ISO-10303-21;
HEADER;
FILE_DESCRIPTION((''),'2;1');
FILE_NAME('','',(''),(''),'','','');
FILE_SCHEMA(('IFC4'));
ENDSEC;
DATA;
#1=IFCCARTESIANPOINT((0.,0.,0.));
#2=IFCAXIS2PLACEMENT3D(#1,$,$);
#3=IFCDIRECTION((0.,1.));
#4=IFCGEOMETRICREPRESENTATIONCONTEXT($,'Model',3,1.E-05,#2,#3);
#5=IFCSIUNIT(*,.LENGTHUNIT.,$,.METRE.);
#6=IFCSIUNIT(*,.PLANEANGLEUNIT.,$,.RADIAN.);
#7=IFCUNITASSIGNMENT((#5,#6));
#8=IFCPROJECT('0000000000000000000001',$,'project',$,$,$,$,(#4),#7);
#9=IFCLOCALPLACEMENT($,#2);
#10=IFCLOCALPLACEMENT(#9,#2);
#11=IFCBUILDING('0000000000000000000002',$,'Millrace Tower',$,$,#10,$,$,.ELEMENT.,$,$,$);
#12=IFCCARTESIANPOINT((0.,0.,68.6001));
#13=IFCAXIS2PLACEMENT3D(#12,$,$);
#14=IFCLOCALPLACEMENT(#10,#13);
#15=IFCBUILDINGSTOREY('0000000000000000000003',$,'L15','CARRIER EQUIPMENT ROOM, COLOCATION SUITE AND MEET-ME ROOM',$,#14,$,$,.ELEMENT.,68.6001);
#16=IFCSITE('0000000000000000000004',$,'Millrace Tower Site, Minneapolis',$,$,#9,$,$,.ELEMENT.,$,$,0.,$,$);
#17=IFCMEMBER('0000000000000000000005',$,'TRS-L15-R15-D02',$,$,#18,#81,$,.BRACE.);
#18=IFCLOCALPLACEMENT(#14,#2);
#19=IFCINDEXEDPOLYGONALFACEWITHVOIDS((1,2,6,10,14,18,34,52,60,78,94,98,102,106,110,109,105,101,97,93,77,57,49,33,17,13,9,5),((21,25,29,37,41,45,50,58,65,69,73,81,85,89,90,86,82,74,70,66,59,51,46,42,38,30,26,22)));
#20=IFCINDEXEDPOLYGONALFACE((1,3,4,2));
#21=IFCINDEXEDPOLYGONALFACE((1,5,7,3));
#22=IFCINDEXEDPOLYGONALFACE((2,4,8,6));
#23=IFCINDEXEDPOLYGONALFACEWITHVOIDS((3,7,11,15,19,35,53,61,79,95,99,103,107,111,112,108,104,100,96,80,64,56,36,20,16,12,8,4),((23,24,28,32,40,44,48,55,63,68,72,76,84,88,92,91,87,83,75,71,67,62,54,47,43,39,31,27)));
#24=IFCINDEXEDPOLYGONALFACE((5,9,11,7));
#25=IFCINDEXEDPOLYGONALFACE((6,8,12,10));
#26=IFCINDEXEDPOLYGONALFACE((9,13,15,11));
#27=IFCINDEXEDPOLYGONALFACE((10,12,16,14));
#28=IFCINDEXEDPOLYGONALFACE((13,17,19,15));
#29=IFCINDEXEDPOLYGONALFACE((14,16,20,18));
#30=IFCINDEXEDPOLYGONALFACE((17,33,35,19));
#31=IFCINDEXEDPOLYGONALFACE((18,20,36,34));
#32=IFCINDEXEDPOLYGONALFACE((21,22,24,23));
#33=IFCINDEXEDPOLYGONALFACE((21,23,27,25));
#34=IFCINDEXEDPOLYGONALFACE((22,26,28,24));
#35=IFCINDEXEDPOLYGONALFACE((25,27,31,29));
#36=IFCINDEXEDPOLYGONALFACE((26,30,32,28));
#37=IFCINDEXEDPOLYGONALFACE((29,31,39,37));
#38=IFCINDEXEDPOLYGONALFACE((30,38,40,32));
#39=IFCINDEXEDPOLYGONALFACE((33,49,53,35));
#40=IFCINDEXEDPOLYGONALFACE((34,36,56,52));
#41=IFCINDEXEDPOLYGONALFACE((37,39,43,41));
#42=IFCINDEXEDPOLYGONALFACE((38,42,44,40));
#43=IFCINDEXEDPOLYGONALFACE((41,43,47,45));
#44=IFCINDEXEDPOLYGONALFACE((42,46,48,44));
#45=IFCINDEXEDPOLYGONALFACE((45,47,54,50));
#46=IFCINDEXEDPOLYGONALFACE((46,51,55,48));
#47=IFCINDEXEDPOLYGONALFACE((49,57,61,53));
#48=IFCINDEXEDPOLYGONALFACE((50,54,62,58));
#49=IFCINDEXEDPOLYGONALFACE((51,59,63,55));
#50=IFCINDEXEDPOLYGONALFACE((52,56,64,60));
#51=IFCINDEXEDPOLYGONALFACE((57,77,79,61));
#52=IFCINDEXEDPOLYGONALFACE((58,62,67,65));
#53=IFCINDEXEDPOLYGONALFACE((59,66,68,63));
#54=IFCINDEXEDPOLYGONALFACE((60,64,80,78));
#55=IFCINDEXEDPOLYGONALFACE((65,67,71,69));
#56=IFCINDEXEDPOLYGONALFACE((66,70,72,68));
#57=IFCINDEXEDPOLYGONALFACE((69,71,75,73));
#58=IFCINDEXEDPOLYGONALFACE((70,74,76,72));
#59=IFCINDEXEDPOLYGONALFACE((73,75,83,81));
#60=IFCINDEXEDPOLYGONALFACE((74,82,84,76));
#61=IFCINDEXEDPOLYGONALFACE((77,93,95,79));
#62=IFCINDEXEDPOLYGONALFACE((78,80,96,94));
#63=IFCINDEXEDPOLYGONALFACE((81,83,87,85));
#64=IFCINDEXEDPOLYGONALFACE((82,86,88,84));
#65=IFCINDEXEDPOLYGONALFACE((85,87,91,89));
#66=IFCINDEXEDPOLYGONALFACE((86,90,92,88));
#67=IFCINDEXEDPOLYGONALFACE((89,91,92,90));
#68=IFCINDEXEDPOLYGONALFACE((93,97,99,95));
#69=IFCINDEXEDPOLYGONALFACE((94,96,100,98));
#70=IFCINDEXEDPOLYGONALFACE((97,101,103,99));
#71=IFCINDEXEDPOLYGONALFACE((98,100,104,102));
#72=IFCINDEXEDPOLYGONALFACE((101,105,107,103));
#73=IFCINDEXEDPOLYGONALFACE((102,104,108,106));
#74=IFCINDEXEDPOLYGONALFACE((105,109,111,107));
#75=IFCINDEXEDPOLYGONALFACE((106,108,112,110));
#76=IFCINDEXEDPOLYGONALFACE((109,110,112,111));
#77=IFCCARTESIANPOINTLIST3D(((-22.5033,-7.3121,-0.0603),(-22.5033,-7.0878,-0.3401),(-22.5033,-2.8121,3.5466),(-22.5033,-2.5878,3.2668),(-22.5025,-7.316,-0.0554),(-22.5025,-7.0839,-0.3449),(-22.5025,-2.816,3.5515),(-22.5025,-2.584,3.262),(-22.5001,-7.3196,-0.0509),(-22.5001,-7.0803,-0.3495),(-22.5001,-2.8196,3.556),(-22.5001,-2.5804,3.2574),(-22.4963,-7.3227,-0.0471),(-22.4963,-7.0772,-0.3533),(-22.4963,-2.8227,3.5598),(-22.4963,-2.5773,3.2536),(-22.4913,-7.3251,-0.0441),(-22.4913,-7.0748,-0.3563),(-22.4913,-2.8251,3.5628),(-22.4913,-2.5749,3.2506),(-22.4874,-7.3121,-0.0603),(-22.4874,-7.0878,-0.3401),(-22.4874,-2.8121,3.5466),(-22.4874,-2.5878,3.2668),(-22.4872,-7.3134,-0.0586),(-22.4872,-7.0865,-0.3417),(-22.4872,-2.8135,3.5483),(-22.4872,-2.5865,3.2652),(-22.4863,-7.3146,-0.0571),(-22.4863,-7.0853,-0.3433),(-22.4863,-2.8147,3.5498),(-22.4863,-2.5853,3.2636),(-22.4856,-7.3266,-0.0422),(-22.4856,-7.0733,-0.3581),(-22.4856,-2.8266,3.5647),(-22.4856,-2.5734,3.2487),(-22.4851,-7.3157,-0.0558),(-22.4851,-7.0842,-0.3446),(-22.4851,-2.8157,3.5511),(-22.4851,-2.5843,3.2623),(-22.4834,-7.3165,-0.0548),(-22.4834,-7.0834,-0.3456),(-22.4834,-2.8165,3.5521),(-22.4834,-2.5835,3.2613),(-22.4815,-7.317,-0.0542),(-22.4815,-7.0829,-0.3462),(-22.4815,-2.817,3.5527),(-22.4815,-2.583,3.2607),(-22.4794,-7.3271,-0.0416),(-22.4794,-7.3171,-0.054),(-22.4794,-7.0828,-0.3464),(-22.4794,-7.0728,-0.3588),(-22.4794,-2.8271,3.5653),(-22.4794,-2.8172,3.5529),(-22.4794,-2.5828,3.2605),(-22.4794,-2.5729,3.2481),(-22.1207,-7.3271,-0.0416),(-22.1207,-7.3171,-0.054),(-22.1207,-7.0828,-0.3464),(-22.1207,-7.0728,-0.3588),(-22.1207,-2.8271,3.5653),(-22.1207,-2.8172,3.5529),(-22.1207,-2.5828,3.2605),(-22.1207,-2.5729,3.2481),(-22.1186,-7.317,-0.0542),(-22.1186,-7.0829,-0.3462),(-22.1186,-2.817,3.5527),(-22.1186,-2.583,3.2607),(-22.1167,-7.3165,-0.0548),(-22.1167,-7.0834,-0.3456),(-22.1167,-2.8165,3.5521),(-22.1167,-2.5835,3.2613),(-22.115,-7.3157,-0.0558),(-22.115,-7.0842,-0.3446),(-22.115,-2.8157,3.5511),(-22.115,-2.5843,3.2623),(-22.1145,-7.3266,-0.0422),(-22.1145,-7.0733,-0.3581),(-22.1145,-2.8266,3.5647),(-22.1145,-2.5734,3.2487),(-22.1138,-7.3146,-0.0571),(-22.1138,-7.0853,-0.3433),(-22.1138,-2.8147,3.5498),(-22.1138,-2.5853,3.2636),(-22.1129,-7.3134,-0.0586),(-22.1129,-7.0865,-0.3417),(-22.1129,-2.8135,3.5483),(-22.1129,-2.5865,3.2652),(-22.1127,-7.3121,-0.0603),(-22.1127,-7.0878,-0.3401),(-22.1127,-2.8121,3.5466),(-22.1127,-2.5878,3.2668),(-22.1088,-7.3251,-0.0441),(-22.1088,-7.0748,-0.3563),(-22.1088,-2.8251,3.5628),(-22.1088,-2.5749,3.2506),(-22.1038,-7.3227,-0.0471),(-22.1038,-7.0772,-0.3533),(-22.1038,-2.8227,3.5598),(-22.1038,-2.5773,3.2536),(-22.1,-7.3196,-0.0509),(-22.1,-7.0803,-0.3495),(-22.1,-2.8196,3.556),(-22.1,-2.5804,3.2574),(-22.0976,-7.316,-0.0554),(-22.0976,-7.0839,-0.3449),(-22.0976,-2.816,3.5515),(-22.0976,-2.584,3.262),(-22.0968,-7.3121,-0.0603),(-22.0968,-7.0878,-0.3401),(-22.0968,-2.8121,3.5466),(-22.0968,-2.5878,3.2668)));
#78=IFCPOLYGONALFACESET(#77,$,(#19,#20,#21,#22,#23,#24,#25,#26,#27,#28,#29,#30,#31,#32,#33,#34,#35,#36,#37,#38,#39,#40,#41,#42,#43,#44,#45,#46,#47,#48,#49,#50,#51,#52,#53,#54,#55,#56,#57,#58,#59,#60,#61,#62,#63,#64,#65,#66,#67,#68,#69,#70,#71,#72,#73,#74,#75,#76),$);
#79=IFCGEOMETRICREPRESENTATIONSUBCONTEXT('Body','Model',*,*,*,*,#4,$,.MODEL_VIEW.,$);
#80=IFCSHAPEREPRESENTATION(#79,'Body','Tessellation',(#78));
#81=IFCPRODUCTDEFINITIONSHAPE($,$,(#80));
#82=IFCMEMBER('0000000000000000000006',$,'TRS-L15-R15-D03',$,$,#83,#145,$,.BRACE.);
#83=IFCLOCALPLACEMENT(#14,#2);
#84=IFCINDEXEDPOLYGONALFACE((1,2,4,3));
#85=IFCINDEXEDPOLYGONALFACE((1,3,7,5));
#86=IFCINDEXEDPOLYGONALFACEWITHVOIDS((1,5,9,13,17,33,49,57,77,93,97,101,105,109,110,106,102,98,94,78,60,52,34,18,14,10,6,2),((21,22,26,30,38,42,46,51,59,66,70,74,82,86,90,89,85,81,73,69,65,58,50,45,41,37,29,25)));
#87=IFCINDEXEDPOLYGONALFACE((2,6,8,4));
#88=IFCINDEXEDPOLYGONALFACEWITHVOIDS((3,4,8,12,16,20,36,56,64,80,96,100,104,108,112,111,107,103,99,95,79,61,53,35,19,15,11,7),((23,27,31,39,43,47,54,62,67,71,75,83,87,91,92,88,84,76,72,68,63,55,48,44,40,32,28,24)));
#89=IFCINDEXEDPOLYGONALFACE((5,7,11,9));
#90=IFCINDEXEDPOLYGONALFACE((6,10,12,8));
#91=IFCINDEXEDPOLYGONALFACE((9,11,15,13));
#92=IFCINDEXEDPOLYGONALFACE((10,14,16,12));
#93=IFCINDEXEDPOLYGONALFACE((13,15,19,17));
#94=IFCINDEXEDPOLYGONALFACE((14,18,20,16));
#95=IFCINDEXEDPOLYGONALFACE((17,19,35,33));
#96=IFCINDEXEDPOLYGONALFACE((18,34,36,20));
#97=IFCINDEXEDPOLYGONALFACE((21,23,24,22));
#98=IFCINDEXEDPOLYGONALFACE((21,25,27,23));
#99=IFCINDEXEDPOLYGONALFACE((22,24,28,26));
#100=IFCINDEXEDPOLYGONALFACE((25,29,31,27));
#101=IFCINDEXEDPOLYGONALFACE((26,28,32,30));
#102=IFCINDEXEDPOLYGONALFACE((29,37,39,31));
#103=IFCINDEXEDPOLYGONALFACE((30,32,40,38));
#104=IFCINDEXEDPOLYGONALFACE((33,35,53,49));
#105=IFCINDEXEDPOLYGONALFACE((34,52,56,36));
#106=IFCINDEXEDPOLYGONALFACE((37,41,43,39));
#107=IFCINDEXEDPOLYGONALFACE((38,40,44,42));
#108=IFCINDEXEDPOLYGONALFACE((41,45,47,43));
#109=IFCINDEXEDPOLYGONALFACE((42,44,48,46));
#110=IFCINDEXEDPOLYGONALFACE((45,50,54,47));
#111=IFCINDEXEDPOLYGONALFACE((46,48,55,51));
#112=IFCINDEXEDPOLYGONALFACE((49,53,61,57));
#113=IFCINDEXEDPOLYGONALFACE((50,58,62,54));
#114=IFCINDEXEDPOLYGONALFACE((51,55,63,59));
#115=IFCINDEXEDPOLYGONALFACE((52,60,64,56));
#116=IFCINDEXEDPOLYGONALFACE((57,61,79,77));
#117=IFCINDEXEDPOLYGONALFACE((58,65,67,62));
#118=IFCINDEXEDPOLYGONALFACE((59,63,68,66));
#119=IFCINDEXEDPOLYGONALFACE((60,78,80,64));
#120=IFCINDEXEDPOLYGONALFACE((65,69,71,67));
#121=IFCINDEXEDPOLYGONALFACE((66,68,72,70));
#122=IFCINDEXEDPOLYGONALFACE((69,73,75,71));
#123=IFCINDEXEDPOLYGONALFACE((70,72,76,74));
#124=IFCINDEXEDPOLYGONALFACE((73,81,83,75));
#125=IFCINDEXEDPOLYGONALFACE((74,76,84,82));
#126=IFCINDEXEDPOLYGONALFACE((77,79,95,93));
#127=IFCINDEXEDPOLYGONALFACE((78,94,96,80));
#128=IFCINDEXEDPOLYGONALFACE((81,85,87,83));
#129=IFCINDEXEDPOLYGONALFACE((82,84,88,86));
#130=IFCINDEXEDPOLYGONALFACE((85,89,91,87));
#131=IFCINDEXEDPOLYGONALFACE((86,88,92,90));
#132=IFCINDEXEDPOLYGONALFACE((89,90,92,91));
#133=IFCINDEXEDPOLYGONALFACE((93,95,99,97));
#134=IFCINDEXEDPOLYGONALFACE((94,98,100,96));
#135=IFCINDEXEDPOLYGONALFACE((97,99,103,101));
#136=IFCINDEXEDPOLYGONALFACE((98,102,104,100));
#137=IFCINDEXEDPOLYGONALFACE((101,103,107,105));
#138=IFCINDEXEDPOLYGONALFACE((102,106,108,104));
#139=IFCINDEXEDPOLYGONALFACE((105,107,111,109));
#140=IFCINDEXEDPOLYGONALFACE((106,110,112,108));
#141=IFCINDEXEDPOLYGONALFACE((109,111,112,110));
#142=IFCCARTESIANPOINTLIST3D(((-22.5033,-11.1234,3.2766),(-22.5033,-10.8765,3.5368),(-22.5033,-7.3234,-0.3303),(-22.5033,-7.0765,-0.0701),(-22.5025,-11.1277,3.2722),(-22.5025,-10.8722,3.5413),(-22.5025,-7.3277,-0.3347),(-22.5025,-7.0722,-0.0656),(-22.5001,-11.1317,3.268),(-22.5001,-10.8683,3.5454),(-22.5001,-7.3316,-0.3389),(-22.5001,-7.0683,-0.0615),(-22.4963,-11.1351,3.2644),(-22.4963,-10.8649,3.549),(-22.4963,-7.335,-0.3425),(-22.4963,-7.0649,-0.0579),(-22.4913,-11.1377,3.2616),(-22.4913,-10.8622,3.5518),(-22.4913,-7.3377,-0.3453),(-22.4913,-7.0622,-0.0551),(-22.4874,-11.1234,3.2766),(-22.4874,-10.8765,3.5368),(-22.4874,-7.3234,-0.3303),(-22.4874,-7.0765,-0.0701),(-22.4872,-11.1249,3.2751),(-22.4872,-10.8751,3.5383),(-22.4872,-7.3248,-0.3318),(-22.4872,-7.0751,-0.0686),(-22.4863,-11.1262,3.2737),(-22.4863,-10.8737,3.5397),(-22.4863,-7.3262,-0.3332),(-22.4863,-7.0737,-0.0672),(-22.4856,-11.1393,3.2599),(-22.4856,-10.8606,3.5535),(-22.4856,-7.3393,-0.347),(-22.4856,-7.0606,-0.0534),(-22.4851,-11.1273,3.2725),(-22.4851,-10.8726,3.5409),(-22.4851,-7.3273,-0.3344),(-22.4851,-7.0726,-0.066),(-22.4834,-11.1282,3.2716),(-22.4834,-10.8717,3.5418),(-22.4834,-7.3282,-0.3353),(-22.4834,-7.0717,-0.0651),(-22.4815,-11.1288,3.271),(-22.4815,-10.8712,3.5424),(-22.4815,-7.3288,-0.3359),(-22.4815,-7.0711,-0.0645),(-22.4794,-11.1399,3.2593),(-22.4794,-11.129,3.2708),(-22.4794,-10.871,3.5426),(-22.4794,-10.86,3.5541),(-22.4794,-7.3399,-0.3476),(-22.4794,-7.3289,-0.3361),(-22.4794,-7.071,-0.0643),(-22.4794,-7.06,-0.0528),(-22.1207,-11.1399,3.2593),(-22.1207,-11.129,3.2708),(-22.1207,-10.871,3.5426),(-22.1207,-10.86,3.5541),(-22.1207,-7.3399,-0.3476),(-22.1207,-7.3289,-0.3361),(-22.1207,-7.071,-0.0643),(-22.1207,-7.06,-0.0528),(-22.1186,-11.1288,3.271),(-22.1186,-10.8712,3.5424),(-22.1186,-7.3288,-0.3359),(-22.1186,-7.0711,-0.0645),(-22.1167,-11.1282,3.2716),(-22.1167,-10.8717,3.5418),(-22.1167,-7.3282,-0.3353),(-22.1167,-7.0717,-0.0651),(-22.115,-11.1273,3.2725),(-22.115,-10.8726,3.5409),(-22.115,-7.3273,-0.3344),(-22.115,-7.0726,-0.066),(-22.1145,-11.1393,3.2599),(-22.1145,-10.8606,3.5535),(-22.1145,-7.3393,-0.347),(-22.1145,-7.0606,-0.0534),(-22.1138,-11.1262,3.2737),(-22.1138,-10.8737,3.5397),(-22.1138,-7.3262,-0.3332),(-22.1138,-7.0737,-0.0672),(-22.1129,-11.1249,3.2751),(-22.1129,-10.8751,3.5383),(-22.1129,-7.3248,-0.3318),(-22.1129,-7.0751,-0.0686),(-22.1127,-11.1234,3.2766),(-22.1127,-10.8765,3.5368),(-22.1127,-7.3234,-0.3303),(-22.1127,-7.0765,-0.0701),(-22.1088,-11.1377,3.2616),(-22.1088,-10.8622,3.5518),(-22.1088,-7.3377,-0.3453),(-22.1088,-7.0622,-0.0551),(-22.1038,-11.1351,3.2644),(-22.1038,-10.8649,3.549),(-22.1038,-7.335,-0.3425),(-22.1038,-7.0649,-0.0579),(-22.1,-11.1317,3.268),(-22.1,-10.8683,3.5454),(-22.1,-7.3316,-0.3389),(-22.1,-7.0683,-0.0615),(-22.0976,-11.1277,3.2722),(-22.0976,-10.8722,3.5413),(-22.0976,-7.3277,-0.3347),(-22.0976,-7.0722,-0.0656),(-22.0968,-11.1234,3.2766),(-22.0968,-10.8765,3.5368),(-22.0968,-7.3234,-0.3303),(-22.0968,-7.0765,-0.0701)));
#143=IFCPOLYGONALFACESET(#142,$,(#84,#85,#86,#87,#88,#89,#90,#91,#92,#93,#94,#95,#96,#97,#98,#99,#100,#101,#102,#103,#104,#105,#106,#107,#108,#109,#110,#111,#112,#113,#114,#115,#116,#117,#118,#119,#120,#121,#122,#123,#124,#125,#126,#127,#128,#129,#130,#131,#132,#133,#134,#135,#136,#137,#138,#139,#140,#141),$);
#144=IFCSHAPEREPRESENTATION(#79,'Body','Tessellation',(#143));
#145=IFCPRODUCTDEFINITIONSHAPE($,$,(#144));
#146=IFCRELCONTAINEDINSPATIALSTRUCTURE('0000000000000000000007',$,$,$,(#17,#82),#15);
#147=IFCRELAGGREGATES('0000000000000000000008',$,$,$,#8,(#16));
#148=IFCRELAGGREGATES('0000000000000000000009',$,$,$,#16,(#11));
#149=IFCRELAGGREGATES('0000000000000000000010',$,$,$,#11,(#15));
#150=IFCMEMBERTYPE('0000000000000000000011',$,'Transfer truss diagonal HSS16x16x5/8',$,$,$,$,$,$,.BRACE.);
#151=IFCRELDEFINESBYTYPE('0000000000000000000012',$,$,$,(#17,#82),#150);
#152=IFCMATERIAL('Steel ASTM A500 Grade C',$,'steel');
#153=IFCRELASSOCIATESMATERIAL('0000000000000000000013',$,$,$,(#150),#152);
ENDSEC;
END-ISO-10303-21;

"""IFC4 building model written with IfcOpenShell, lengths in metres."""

from ifc_helpers import new_model, si_unit, direction, frame, origin, origin_2d, place, context, subcontext, project, spatial, hollow_rectangle, extrude, material, material_profile, profile_set, type_object, element, save


model = new_model("IFC4")

# Units and contexts
model_context = context("Model", 3, precision=1e-05, world=origin(), true_north=direction((0.0, 1.0)))
body_context = subcontext(model_context, "Body", "Model", "MODEL_VIEW")
ifc_project = project(units=[si_unit("LENGTHUNIT", "METRE"), si_unit("PLANEANGLEUNIT", "RADIAN")], contexts=[model_context])

# Site, building, storey
site_placement = place(None, origin())
site = spatial("IfcSite", under=ifc_project, at=site_placement, Name="Millrace Tower Site, Minneapolis", CompositionType="ELEMENT", RefElevation=0.0)
building_placement = place(site_placement, origin())
building = spatial("IfcBuilding", under=site, at=building_placement, Name="Millrace Tower", CompositionType="ELEMENT")
storey_placement = place(building_placement, frame((0.0, 0.0, 68.6001)))
storey = spatial("IfcBuildingStorey", under=building, at=storey_placement, Name="L15", Description="CARRIER EQUIPMENT ROOM, COLOCATION SUITE AND MEET-ME ROOM", CompositionType="ELEMENT", Elevation=68.6001)

# Members
ifc_material_1 = material(Name="Steel ASTM A500 Grade C", Category="steel")
ifc_material_profile_1 = material_profile(ifc_material_1, hollow_rectangle(XDim=0.4065, YDim=0.4065, WallThickness=0.0159, InnerFilletRadius=0.0081, OuterFilletRadius=0.0239, at=origin_2d()))
ifc_profile_set_1 = profile_set([ifc_material_profile_1], Name="Steel ASTM A500 Grade C")
member_type_1 = type_object("IfcMemberType", Name="Transfer truss diagonal HSS16x16x5/8", PredefinedType="BRACE", material=ifc_profile_set_1)
member_1_placement = place(storey_placement, frame((-22.3, -7.2, -0.2002), z_axis=(0.0, 0.780282, 0.625428), x_axis=(-1.0, 0.0, 0.0)))
element("IfcMember", 1, at=member_1_placement, inside=storey, type_object=member_type_1, Name="TRS-L15-R15-D02", PredefinedType="BRACE", context=body_context, shape_type="SweptSolid", body=[
    extrude(hollow_rectangle(XDim=0.4065, YDim=0.4065, WallThickness=0.0159, InnerFilletRadius=0.0081, OuterFilletRadius=0.0239, at=origin_2d()), origin(), (0.0, 0.0, 1.0), 5.7671),
])
member_2_placement = place(storey_placement, frame((-22.3, -7.2, -0.2002), z_axis=(0.0, -0.725296, 0.688437), x_axis=(1.0, 0.0, 0.0)))
element("IfcMember", 2, at=member_2_placement, inside=storey, type_object=member_type_1, Name="TRS-L15-R15-D03", PredefinedType="BRACE", context=body_context, shape_type="SweptSolid", body=[
    extrude(hollow_rectangle(XDim=0.4065, YDim=0.4065, WallThickness=0.0159, InnerFilletRadius=0.0081, OuterFilletRadius=0.0239, at=origin_2d()), origin(), (0.0, 0.0, 1.0), 5.2393),
])

save(model, "model.ifc")
